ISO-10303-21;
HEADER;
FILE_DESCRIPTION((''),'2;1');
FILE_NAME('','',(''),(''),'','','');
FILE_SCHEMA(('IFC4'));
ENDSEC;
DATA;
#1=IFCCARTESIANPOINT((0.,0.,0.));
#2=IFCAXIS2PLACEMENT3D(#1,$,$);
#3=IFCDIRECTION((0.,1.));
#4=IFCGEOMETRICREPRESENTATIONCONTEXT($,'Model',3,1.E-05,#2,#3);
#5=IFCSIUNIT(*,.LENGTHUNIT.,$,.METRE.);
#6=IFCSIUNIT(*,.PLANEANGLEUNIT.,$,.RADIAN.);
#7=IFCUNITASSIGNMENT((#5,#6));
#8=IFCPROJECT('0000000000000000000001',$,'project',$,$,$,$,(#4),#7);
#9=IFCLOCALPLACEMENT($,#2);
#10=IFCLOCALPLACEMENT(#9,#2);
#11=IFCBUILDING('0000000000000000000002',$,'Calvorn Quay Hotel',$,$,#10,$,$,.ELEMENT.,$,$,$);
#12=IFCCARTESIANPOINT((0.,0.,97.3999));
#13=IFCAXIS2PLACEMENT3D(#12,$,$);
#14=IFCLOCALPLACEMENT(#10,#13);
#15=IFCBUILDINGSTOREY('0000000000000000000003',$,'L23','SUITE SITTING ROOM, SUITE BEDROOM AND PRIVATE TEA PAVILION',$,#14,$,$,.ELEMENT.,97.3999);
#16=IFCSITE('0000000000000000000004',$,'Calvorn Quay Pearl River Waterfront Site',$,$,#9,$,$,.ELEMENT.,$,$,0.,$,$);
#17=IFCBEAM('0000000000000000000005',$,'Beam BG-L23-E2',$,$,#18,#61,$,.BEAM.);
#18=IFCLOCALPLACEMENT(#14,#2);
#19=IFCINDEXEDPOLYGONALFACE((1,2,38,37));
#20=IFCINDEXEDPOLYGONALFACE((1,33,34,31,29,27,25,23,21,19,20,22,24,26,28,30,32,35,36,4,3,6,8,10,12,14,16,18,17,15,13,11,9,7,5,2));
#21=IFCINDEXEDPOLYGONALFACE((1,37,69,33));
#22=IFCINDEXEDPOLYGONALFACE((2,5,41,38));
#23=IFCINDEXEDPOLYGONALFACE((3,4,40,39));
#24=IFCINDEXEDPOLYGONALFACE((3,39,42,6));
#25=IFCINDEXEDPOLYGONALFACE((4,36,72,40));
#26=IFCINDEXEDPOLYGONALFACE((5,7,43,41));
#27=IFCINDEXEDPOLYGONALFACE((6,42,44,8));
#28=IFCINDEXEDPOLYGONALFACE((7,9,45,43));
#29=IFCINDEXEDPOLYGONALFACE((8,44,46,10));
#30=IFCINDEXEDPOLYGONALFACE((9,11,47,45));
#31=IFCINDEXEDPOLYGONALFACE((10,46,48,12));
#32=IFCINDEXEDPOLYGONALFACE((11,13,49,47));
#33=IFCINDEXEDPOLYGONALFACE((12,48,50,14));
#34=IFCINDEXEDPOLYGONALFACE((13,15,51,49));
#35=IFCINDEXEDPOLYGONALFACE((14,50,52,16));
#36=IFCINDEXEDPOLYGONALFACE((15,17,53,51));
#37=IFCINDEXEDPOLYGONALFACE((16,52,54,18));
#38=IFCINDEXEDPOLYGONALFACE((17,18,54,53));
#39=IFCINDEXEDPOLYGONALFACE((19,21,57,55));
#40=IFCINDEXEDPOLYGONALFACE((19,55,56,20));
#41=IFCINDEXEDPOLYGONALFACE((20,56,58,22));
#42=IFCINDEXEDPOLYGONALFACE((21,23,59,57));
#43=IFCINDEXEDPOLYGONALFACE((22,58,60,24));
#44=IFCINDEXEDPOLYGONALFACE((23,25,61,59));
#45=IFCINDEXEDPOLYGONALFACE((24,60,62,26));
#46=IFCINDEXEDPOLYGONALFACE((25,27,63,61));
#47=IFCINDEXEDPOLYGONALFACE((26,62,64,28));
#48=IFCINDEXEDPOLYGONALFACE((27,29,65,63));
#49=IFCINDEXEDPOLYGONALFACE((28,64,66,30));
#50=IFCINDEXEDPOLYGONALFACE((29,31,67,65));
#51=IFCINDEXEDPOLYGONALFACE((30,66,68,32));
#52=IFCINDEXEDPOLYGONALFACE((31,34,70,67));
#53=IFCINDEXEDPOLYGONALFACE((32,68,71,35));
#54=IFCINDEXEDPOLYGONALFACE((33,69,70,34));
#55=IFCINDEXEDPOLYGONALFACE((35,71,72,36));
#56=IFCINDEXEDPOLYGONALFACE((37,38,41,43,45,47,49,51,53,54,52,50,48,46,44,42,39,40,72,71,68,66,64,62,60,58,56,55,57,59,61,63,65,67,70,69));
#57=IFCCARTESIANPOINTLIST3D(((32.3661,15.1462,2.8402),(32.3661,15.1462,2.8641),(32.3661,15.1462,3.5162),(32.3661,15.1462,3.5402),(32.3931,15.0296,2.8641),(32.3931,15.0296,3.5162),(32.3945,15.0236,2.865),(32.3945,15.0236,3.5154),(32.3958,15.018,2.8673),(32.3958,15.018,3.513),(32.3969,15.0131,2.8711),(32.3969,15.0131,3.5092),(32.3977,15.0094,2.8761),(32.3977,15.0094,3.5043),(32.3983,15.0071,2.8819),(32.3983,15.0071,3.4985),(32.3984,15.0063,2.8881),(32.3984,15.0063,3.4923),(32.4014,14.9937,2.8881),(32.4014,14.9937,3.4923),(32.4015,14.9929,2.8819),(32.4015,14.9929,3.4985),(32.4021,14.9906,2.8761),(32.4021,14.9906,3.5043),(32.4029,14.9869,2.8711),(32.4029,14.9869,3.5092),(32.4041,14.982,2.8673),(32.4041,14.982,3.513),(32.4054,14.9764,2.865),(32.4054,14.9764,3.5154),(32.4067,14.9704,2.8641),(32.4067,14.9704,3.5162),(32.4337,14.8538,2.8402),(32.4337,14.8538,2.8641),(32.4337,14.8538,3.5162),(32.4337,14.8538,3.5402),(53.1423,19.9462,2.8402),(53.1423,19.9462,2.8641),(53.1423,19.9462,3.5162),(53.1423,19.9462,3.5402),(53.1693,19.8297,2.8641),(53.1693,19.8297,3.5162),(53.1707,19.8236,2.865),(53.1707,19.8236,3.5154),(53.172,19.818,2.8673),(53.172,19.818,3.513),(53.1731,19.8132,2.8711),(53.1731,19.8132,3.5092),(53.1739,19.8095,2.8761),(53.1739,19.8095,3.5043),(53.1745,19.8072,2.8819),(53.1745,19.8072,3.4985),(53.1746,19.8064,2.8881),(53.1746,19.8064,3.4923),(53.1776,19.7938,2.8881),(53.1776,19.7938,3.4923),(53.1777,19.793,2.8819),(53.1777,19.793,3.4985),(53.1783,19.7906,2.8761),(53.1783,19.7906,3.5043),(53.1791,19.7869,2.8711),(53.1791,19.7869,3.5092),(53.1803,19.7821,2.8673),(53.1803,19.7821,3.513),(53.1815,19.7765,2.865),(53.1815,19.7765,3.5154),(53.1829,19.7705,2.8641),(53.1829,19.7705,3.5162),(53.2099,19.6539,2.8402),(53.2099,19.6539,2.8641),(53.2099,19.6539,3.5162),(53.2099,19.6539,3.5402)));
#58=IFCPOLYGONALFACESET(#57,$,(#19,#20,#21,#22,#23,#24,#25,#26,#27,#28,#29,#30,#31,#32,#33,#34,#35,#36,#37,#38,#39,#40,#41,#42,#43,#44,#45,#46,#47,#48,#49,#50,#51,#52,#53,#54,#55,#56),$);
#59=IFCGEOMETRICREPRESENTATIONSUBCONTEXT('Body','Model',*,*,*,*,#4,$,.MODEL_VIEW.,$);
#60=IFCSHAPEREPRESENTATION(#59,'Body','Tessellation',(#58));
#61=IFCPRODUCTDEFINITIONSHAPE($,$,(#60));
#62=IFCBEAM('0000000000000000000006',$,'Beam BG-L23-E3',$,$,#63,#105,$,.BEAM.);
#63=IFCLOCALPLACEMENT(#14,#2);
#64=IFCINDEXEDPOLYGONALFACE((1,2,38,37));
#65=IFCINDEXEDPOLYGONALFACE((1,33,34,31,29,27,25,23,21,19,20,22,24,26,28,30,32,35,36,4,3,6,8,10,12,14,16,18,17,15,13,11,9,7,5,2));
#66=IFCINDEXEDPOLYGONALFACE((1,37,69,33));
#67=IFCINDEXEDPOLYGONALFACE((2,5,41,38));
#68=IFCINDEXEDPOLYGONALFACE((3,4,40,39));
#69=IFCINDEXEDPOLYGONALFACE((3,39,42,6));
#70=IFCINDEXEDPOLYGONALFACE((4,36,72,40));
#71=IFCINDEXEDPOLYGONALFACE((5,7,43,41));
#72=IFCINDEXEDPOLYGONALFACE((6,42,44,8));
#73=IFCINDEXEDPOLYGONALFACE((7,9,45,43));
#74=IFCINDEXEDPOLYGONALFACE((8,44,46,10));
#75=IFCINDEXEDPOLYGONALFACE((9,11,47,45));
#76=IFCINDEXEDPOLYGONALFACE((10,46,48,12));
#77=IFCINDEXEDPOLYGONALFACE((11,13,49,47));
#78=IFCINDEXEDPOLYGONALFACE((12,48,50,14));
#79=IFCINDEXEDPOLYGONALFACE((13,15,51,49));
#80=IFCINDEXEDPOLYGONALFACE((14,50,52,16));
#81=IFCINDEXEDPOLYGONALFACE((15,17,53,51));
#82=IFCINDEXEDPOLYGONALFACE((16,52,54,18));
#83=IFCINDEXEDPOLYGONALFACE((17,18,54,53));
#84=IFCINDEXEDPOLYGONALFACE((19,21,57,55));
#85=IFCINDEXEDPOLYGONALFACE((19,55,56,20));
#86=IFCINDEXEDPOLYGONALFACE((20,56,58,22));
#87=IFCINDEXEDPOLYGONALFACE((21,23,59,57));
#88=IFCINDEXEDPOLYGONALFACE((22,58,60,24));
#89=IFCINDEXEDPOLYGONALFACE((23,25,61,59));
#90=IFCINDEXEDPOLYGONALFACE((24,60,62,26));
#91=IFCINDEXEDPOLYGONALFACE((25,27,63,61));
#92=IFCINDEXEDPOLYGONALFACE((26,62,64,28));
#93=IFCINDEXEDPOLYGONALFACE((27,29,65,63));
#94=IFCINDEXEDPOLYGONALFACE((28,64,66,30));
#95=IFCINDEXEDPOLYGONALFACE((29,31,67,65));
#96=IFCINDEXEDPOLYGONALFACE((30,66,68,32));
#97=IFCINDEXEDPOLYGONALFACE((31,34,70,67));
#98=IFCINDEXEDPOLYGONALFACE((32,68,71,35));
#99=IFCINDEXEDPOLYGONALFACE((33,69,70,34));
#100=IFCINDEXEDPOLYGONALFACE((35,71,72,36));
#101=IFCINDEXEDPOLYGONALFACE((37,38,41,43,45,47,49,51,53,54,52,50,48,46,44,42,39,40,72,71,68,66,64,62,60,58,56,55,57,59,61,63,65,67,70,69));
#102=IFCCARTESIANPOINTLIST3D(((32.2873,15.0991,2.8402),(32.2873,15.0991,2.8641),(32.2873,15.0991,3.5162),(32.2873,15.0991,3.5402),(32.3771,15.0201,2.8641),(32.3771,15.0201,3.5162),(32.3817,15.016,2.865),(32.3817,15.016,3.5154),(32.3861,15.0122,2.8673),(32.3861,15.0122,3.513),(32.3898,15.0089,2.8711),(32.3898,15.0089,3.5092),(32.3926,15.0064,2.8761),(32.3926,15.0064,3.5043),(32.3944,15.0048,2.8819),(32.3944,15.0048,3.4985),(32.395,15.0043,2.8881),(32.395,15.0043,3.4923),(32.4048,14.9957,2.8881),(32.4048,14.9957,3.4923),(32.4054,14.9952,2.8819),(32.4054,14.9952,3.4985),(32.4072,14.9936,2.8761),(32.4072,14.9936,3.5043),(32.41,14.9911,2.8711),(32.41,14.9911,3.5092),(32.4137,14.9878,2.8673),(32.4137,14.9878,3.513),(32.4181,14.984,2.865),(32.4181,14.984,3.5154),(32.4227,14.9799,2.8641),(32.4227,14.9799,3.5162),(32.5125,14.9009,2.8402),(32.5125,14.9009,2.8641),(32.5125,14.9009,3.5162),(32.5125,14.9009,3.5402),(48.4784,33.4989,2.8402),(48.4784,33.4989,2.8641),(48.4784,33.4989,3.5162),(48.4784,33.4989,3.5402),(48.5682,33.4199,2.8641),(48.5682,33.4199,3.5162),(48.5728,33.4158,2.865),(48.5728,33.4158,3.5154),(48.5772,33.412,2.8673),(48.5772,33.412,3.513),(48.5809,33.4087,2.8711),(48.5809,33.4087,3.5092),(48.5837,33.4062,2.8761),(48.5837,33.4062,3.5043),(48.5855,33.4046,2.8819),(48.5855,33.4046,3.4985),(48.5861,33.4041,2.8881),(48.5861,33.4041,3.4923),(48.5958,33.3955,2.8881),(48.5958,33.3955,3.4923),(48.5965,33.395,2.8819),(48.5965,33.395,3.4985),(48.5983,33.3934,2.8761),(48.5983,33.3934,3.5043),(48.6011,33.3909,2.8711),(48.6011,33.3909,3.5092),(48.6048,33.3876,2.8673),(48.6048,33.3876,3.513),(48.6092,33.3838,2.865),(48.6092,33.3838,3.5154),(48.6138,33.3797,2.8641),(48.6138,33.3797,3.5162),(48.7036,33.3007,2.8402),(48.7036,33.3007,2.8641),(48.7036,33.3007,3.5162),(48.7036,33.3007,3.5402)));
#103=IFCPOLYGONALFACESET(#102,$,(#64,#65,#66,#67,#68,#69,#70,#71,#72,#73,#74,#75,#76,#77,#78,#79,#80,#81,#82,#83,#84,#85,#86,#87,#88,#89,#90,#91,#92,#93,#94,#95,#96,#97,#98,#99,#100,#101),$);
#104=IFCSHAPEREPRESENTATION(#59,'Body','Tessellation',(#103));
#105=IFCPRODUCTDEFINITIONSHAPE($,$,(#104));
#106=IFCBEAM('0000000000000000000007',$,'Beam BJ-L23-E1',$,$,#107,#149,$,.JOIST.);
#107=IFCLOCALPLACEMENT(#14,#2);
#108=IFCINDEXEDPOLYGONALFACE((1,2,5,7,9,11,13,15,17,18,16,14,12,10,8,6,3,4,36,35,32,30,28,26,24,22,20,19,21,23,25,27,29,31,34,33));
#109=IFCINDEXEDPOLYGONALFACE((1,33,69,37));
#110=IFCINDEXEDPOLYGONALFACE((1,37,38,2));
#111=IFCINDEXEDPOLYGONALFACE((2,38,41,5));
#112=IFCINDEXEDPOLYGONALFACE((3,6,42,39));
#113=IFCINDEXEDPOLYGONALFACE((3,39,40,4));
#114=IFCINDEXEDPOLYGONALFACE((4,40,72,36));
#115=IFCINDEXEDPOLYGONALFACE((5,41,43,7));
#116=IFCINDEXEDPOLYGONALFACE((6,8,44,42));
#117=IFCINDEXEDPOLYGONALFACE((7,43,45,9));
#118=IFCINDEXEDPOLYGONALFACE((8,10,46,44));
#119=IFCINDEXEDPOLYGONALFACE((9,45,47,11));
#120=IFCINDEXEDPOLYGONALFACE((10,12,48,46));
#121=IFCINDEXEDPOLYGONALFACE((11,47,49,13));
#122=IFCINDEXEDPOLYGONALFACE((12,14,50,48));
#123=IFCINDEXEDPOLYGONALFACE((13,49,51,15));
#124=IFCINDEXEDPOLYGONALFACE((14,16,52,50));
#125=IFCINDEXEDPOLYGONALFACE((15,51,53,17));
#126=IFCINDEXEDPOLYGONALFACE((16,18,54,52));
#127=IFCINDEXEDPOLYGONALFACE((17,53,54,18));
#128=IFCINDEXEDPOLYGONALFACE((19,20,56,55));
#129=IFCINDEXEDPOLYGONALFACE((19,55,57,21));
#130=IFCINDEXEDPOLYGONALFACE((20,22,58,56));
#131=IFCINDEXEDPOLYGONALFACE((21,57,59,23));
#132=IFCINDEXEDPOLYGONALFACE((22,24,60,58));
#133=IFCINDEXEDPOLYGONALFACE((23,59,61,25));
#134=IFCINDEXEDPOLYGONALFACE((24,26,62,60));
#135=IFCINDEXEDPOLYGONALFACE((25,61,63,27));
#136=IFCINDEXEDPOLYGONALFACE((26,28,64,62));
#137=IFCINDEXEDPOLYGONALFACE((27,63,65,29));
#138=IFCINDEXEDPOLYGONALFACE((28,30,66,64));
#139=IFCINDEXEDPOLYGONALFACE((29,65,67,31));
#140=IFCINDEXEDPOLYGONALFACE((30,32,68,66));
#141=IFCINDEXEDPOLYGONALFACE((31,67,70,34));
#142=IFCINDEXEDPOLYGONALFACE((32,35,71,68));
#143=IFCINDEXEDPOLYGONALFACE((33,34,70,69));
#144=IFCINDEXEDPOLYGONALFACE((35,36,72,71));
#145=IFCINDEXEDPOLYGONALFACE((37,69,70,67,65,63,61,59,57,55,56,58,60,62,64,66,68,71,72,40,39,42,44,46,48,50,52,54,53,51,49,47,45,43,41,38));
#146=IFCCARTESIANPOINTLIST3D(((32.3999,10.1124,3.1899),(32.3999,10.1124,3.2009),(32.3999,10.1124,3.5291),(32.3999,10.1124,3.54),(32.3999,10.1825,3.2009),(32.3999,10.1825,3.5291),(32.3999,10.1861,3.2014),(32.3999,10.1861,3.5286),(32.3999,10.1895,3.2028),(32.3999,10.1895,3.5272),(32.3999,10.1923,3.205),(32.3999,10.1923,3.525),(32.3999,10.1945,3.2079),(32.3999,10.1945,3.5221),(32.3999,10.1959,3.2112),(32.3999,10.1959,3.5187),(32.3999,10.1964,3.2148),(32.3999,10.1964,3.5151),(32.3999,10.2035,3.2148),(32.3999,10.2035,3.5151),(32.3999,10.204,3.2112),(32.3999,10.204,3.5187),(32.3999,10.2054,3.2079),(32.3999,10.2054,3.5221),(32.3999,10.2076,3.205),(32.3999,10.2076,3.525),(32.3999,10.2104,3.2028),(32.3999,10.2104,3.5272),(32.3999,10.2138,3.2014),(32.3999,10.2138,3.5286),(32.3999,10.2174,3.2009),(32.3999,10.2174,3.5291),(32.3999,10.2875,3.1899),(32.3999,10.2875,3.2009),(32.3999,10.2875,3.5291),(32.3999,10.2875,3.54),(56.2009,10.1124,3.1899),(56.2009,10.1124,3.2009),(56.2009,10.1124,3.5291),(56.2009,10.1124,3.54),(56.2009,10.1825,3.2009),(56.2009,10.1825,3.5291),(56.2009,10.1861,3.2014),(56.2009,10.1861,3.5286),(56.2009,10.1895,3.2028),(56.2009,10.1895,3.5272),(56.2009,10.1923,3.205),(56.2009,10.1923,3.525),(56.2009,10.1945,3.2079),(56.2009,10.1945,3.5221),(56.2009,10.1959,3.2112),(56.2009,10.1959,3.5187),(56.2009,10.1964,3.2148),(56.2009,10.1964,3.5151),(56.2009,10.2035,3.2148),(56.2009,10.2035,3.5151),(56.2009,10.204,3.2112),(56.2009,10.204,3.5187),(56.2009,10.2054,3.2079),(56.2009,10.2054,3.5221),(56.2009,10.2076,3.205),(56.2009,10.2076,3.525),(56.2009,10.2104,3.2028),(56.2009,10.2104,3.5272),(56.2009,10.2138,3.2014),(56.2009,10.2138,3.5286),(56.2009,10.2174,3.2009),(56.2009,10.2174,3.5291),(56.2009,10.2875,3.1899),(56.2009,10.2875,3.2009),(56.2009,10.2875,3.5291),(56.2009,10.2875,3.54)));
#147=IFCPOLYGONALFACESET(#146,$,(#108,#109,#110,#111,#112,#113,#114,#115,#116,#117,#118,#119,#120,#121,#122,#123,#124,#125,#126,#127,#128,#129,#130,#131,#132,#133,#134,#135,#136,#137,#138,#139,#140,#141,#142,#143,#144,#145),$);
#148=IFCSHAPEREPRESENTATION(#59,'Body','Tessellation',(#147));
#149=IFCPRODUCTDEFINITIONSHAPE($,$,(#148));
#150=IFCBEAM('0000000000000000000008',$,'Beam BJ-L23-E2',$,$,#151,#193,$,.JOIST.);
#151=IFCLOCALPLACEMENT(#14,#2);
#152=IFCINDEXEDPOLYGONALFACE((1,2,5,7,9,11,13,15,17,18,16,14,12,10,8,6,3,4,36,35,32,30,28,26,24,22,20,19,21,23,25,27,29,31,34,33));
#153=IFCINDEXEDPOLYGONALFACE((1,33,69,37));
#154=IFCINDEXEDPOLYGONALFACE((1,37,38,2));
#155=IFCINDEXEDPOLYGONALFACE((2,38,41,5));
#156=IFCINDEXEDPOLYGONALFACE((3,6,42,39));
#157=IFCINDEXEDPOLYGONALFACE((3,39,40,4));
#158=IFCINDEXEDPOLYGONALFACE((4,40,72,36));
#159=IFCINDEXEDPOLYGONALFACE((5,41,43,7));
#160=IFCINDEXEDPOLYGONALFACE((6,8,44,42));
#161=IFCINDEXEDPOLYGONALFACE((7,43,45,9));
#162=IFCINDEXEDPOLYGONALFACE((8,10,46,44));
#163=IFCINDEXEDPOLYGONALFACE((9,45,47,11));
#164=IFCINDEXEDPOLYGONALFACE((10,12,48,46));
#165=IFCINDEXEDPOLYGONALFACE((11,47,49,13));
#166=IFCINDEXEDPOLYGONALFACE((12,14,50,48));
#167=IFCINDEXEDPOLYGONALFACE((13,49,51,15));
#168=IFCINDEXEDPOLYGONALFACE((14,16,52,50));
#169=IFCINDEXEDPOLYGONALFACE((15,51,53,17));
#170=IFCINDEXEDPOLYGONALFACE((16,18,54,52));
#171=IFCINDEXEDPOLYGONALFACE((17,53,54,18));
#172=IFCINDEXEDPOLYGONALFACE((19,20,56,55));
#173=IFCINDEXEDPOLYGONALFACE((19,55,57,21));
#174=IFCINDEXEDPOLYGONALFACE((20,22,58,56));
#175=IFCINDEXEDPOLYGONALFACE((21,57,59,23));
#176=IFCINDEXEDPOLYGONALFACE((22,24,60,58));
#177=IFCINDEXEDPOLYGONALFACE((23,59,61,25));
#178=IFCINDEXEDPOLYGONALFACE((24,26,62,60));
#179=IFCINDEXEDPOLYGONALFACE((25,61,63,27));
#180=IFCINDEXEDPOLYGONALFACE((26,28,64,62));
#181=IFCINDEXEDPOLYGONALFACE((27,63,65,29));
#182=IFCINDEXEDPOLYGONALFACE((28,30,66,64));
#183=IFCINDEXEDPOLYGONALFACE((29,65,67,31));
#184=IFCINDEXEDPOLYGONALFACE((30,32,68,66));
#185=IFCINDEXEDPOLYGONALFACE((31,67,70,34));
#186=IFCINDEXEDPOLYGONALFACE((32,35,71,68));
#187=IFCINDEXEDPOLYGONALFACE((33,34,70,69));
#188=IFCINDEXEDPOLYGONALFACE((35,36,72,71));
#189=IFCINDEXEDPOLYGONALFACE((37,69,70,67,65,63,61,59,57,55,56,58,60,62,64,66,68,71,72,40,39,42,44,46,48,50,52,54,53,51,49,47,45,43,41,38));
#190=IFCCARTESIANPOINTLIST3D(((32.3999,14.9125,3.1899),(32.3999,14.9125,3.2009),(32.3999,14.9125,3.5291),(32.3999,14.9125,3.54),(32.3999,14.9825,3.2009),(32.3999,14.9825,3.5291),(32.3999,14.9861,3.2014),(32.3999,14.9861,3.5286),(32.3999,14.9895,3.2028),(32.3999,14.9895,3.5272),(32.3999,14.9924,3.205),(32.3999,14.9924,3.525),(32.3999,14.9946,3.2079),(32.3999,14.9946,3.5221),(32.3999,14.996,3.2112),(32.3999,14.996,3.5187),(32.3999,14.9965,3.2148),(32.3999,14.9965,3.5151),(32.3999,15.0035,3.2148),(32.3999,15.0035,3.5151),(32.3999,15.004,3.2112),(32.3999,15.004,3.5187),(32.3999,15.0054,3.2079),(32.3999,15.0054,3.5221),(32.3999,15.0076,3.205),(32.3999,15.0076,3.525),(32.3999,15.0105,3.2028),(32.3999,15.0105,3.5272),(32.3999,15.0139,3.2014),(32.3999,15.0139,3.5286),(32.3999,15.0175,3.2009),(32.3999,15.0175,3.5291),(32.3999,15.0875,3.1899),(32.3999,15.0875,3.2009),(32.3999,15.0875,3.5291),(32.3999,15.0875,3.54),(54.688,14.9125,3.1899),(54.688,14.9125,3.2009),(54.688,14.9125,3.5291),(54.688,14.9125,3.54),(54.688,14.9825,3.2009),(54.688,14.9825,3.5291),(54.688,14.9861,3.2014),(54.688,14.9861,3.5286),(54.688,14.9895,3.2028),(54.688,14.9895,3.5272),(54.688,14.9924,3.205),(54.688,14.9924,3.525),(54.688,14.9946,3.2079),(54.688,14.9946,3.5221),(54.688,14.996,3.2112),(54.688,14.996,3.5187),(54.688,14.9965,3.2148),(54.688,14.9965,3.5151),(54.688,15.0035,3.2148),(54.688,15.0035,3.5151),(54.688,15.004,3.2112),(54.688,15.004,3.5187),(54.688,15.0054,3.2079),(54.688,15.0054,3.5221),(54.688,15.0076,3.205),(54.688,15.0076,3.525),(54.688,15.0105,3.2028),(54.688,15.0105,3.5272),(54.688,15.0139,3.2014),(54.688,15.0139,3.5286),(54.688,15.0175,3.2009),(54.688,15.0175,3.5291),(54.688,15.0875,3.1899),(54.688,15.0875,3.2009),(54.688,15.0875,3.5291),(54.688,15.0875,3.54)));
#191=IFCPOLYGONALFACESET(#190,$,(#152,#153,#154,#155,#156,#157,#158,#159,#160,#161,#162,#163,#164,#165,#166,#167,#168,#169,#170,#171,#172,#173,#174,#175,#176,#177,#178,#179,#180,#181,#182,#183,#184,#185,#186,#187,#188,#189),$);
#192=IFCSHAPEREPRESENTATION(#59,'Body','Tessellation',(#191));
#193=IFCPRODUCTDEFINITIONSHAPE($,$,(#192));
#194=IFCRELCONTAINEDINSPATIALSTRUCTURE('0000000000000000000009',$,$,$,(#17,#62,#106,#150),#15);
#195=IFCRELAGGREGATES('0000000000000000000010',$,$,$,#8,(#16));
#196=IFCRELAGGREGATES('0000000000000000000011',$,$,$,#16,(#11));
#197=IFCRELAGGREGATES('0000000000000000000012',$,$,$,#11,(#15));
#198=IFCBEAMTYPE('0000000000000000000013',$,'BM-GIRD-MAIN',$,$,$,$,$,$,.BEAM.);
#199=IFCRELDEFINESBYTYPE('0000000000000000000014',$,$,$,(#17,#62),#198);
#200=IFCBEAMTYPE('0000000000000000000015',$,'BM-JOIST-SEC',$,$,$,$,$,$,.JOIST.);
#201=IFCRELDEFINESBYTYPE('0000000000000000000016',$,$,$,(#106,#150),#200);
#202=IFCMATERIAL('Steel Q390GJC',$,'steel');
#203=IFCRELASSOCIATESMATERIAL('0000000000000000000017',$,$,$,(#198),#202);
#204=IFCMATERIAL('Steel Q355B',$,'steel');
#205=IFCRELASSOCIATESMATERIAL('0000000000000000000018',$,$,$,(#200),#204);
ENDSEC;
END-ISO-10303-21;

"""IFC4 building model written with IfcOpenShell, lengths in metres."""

from ifc_helpers import new_model, si_unit, direction, frame, origin, origin_2d, place, context, subcontext, project, spatial, i_section, extrude, material, material_profile, profile_set, type_object, element, save


model = new_model("IFC4")

# Units and contexts
model_context = context("Model", 3, precision=1e-05, world=origin(), true_north=direction((0.0, 1.0)))
body_context = subcontext(model_context, "Body", "Model", "MODEL_VIEW")
ifc_project = project(units=[si_unit("LENGTHUNIT", "METRE"), si_unit("PLANEANGLEUNIT", "RADIAN")], contexts=[model_context])

# Site, building, storey
site_placement = place(None, origin())
site = spatial("IfcSite", under=ifc_project, at=site_placement, Name="Calvorn Quay Pearl River Waterfront Site", CompositionType="ELEMENT", RefElevation=0.0)
building_placement = place(site_placement, origin())
building = spatial("IfcBuilding", under=site, at=building_placement, Name="Calvorn Quay Hotel", CompositionType="ELEMENT")
storey_placement = place(building_placement, frame((0.0, 0.0, 97.3999)))
storey = spatial("IfcBuildingStorey", under=building, at=storey_placement, Name="L23", Description="SUITE SITTING ROOM, SUITE BEDROOM AND PRIVATE TEA PAVILION", CompositionType="ELEMENT", Elevation=97.3999)

# Beams
ifc_material_1 = material(Name="Steel Q390GJC", Category="steel")
ifc_material_profile_1 = material_profile(ifc_material_1, i_section(OverallWidth=0.3, OverallDepth=0.7, WebThickness=0.0129, FlangeThickness=0.0239, FilletRadius=0.0239, at=origin_2d()), Name="HN700x300x13x24")
ifc_profile_set_1 = profile_set([ifc_material_profile_1], Name="Steel Q390GJC")
beam_type_1 = type_object("IfcBeamType", Name="BM-GIRD-MAIN", PredefinedType="BEAM", material=ifc_profile_set_1)
beam_1_placement = place(storey_placement, frame((32.3999, 15.0, 3.1902), z_axis=(0.974334, 0.225107, 0.0), x_axis=(-0.225107, 0.974334, 0.0)))
element("IfcBeam", 1, at=beam_1_placement, inside=storey, type_object=beam_type_1, Name="Beam BG-L23-E2", PredefinedType="BEAM", context=body_context, shape_type="SweptSolid", body=[
    extrude(i_section(OverallWidth=0.3, OverallDepth=0.7, WebThickness=0.0129, FlangeThickness=0.0239, FilletRadius=0.0239, at=origin_2d()), origin(), (0.0, 0.0, 1.0), 21.3235),
])
beam_2_placement = place(storey_placement, frame((32.3999, 15.0, 3.1902), z_axis=(0.660611, 0.750729, 0.0), x_axis=(-0.750729, 0.660611, 0.0)))
element("IfcBeam", 2, at=beam_2_placement, inside=storey, type_object=beam_type_1, Name="Beam BG-L23-E3", PredefinedType="BEAM", context=body_context, shape_type="SweptSolid", body=[
    extrude(i_section(OverallWidth=0.3, OverallDepth=0.7, WebThickness=0.0129, FlangeThickness=0.0239, FilletRadius=0.0239, at=origin_2d()), origin(), (0.0, 0.0, 1.0), 24.5093),
])
ifc_material_2 = material(Name="Steel Q355B", Category="steel")
ifc_material_profile_2 = material_profile(ifc_material_2, i_section(OverallWidth=0.175, OverallDepth=0.3501, WebThickness=0.0071, FlangeThickness=0.011, FilletRadius=0.0139, at=origin_2d()), Name="HN350x175x7x11")
ifc_profile_set_2 = profile_set([ifc_material_profile_2], Name="Steel Q355B")
beam_type_2 = type_object("IfcBeamType", Name="BM-JOIST-SEC", PredefinedType="JOIST", material=ifc_profile_set_2)
beam_3_placement = place(storey_placement, frame((32.3999, 10.2, 3.365), z_axis=(1.0, 0.0, 0.0), x_axis=(0.0, 1.0, 0.0)))
element("IfcBeam", 3, at=beam_3_placement, inside=storey, type_object=beam_type_2, Name="Beam BJ-L23-E1", PredefinedType="JOIST", context=body_context, shape_type="SweptSolid", body=[
    extrude(i_section(OverallWidth=0.175, OverallDepth=0.3501, WebThickness=0.0071, FlangeThickness=0.011, FilletRadius=0.0139, at=origin_2d()), origin(), (0.0, 0.0, 1.0), 23.801),
])
beam_4_placement = place(storey_placement, frame((32.3999, 15.0, 3.365), z_axis=(1.0, 0.0, 0.0), x_axis=(0.0, 1.0, 0.0)))
element("IfcBeam", 4, at=beam_4_placement, inside=storey, type_object=beam_type_2, Name="Beam BJ-L23-E2", PredefinedType="JOIST", context=body_context, shape_type="SweptSolid", body=[
    extrude(i_section(OverallWidth=0.175, OverallDepth=0.3501, WebThickness=0.0071, FlangeThickness=0.011, FilletRadius=0.0139, at=origin_2d()), origin(), (0.0, 0.0, 1.0), 22.2881),
])

save(model, "model.ifc")
